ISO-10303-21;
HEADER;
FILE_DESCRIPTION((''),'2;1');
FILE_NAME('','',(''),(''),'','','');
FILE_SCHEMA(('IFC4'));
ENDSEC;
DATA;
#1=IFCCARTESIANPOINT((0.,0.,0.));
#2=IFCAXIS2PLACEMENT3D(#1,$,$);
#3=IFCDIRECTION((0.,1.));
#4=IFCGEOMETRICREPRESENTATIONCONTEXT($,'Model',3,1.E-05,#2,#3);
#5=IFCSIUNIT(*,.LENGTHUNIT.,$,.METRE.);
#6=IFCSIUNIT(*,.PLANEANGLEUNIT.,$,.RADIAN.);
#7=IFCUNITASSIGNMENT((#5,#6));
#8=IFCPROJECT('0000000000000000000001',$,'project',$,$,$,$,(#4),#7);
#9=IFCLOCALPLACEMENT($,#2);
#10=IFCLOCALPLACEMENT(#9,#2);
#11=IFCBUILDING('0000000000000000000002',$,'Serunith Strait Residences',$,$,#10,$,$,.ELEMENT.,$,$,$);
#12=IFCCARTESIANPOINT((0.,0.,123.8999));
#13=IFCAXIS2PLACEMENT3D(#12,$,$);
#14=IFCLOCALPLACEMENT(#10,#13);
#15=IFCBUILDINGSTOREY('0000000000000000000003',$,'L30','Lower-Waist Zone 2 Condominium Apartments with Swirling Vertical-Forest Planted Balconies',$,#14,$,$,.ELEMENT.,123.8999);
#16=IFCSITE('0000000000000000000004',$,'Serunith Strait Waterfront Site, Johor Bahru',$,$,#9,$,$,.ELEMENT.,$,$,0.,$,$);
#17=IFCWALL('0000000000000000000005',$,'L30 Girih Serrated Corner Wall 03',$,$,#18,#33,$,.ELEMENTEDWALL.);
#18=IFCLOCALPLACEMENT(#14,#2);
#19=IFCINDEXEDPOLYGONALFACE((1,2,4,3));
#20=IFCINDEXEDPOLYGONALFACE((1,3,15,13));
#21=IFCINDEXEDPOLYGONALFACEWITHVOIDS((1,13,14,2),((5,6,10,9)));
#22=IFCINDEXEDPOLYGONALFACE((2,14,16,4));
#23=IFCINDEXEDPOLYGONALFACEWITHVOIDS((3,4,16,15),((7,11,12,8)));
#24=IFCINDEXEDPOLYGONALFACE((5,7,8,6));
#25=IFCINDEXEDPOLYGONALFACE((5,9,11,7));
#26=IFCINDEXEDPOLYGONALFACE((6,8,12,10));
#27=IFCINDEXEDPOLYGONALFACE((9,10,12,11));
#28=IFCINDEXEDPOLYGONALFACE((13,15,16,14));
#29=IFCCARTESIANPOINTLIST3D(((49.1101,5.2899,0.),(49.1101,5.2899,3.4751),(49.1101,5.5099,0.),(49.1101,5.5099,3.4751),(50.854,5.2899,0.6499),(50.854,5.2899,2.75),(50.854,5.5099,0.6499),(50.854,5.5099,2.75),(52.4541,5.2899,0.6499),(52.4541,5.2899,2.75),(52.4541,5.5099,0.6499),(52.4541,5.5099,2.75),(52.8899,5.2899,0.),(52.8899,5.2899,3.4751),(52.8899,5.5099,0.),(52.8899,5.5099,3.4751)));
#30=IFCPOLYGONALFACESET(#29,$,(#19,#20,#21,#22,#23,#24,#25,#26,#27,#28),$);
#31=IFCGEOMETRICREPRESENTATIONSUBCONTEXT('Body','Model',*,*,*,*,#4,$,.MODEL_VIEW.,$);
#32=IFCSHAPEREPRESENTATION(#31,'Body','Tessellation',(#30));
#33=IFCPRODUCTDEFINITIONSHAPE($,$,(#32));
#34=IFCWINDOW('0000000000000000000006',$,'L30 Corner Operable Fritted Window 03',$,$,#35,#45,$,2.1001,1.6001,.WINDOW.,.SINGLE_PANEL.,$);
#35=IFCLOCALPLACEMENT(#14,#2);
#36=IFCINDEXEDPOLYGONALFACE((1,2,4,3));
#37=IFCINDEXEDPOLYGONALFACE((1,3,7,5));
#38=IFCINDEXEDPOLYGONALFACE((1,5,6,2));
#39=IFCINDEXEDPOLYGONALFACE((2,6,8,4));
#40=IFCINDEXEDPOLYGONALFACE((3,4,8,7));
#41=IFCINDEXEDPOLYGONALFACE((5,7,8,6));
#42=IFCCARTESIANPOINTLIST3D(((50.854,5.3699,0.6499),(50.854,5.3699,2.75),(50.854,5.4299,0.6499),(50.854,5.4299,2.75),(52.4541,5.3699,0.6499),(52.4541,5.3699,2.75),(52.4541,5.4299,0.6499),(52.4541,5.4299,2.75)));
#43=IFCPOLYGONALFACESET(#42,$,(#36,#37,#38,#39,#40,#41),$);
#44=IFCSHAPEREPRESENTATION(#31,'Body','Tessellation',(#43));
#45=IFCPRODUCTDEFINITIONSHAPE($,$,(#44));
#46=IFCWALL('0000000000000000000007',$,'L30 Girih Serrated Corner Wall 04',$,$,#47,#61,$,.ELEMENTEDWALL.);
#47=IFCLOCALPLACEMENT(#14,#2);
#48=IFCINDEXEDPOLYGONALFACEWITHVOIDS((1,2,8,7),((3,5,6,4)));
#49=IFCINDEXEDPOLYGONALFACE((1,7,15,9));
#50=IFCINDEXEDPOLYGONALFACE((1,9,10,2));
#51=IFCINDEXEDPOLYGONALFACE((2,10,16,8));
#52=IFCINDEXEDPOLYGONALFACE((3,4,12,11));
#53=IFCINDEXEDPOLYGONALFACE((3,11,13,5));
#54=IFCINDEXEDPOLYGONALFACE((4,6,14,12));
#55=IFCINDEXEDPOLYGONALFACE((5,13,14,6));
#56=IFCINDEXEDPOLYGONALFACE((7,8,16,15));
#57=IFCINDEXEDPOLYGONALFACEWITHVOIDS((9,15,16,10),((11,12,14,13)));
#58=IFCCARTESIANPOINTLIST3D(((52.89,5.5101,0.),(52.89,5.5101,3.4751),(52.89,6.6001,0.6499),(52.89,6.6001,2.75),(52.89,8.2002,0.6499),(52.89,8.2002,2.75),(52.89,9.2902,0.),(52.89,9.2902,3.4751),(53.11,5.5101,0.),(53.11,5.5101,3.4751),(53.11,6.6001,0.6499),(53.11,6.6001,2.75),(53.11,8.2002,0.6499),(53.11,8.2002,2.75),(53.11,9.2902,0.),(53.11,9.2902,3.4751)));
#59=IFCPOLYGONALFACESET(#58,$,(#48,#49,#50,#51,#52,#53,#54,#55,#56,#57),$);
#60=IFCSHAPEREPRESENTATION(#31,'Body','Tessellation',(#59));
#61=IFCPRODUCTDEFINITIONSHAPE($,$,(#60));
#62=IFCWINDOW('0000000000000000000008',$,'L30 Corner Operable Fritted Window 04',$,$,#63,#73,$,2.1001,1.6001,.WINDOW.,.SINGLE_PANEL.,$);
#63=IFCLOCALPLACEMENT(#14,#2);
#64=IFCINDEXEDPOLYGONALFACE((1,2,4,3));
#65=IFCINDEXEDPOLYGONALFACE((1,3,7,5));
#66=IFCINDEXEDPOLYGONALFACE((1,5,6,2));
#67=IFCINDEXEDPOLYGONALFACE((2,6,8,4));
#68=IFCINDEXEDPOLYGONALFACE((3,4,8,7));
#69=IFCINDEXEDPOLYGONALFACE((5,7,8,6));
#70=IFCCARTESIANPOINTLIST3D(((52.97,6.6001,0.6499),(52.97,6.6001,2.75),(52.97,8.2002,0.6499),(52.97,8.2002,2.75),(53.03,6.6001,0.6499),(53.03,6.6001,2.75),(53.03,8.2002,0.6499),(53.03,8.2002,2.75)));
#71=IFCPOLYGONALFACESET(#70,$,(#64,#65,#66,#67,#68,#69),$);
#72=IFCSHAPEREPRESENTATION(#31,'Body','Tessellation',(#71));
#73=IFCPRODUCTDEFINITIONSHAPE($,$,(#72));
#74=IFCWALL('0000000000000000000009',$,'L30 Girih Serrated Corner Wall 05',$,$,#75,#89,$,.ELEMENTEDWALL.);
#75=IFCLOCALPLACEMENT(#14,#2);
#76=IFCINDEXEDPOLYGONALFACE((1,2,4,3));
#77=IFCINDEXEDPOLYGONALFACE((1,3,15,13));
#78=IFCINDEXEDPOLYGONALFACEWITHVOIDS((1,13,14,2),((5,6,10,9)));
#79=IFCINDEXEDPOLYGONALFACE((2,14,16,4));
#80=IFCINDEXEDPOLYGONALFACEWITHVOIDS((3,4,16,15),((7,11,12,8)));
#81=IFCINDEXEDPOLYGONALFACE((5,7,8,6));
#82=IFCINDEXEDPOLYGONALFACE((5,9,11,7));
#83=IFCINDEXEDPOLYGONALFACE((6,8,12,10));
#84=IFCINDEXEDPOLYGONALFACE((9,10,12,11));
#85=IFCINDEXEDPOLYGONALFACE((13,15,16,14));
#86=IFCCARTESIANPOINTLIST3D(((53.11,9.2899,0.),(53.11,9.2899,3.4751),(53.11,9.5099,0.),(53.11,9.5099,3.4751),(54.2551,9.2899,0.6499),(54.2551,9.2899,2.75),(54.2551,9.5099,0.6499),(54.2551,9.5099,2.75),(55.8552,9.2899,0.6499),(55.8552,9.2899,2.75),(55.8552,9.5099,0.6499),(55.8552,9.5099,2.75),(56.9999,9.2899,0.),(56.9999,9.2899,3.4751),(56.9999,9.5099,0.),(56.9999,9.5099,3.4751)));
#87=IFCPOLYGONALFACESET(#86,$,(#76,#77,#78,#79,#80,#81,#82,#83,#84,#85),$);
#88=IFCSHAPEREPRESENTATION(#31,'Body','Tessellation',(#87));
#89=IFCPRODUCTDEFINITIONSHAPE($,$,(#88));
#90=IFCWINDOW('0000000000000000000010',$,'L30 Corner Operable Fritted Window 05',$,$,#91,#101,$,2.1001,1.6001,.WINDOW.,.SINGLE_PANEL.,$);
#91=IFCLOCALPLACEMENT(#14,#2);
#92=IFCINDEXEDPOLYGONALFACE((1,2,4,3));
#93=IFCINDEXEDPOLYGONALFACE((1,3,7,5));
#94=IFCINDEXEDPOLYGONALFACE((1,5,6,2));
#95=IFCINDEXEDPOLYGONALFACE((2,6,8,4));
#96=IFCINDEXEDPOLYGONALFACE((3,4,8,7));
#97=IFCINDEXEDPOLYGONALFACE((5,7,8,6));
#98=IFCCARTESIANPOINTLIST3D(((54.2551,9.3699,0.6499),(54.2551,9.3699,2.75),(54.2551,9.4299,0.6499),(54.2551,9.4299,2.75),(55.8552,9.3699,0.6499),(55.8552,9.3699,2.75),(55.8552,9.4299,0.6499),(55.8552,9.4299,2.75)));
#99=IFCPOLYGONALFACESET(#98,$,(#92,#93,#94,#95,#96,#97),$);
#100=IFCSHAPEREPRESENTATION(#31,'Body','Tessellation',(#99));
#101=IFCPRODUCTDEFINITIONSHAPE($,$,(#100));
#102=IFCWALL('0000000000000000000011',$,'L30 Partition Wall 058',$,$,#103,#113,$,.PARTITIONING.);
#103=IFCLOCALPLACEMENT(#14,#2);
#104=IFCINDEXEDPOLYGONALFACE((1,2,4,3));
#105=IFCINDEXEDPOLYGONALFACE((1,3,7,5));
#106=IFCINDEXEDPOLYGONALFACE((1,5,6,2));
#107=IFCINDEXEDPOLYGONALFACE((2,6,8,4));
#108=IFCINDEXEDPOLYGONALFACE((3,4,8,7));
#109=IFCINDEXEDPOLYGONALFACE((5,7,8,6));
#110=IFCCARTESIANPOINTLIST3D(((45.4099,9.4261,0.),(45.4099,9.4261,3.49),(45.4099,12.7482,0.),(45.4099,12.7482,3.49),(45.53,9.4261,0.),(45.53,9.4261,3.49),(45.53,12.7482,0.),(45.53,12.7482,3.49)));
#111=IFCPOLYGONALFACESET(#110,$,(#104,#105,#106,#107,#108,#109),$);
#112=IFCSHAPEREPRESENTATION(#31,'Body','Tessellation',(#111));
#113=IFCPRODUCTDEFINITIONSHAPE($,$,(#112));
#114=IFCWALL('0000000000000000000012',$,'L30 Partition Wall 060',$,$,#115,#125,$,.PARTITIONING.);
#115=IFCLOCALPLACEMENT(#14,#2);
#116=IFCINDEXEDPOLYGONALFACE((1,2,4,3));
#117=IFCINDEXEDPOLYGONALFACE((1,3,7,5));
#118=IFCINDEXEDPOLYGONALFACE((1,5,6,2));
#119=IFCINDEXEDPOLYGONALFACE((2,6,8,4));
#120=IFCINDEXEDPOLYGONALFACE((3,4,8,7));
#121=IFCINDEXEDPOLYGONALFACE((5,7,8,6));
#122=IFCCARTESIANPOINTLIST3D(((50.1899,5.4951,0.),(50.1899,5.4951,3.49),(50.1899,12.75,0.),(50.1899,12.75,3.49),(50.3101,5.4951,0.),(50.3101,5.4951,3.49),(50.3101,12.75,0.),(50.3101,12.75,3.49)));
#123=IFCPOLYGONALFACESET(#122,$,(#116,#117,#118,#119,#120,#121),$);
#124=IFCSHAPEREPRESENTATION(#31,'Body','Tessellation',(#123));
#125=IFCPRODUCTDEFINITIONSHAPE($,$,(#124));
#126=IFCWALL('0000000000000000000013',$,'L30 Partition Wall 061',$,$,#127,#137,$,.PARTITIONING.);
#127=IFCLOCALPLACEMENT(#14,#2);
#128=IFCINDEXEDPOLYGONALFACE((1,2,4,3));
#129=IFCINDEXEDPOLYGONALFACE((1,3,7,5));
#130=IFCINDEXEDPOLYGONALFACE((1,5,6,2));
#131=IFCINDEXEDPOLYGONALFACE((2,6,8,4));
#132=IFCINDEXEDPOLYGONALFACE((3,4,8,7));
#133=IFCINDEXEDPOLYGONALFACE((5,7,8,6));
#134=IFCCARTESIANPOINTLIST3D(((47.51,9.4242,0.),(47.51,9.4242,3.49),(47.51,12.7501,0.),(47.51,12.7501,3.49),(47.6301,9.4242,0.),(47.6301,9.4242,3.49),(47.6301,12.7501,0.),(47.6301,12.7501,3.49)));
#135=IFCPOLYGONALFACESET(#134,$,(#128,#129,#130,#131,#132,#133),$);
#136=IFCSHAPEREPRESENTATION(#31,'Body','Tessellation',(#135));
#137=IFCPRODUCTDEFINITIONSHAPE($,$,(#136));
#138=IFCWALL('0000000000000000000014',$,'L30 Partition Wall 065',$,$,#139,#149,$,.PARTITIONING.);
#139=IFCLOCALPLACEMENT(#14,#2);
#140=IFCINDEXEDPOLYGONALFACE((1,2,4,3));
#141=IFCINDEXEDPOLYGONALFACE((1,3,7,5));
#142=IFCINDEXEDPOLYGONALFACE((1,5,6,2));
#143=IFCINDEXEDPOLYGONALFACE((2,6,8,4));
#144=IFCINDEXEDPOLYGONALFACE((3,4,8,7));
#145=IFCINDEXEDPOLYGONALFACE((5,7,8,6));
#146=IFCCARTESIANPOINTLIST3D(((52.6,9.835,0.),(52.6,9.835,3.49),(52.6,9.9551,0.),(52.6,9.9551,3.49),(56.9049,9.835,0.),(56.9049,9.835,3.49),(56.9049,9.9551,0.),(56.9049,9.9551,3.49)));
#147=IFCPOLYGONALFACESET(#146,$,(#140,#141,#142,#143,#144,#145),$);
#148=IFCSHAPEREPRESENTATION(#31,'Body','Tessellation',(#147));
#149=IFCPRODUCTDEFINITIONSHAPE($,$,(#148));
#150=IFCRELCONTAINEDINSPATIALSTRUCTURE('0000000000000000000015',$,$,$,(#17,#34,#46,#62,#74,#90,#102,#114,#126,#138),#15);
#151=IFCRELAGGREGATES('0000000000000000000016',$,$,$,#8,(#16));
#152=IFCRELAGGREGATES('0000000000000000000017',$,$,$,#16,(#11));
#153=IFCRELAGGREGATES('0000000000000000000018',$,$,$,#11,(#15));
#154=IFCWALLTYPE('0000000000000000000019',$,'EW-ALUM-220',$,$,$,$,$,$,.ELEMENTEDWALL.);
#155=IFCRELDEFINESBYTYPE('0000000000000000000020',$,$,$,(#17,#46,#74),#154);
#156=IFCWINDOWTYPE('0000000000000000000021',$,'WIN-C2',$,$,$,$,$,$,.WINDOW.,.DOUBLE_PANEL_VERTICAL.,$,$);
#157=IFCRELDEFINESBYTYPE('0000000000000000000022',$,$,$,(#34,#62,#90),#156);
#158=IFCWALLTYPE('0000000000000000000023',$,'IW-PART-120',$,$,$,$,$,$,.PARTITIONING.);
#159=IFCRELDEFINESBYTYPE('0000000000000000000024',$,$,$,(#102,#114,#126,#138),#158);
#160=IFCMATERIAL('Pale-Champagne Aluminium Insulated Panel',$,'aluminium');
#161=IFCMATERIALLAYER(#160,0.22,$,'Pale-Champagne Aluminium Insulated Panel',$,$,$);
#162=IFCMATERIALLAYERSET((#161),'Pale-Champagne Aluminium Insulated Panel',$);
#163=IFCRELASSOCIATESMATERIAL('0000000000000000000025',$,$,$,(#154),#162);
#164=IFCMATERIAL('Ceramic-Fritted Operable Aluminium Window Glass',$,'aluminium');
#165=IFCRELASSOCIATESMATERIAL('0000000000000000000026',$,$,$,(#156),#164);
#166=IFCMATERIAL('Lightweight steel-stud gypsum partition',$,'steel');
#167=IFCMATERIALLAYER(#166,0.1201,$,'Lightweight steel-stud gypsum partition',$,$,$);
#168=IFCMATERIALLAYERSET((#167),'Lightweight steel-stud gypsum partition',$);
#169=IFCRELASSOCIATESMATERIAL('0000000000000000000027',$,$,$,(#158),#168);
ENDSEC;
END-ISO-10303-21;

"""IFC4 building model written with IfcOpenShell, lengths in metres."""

from ifc_helpers import new_model, si_unit, direction, frame, frame_2d, origin, place, context, subcontext, project, spatial, rectangle, extrude, source, transform, mapped, material, layer, layer_set, type_object, element, fill, save


model = new_model("IFC4")

# Units and contexts
model_context = context("Model", 3, precision=1e-05, world=origin(), true_north=direction((0.0, 1.0)))
body_context = subcontext(model_context, "Body", "Model", "MODEL_VIEW")
ifc_project = project(units=[si_unit("LENGTHUNIT", "METRE"), si_unit("PLANEANGLEUNIT", "RADIAN")], contexts=[model_context])

# Site, building, storey
site_placement = place(None, origin())
site = spatial("IfcSite", under=ifc_project, at=site_placement, Name="Serunith Strait Waterfront Site, Johor Bahru", CompositionType="ELEMENT", RefElevation=0.0)
building_placement = place(site_placement, origin())
building = spatial("IfcBuilding", under=site, at=building_placement, Name="Serunith Strait Residences", CompositionType="ELEMENT")
storey_placement = place(building_placement, frame((0.0, 0.0, 123.8999)))
storey = spatial("IfcBuildingStorey", under=building, at=storey_placement, Name="L30", Description="Lower-Waist Zone 2 Condominium Apartments with Swirling Vertical-Forest Planted Balconies", CompositionType="ELEMENT", Elevation=123.8999)

# Walls, openings, windows
ifc_material_1 = material(Name="Pale-Champagne Aluminium Insulated Panel", Category="aluminium")
ifc_layer_1 = layer(ifc_material_1, 0.22, Name="Pale-Champagne Aluminium Insulated Panel")
ifc_layer_set_1 = layer_set([ifc_layer_1], Name="Pale-Champagne Aluminium Insulated Panel")
wall_type_1 = type_object("IfcWallType", Name="EW-ALUM-220", PredefinedType="ELEMENTEDWALL", material=ifc_layer_set_1)
ifc_material_2 = material(Name="Ceramic-Fritted Operable Aluminium Window Glass", Category="aluminium")
window_type = type_object("IfcWindowType", Name="WIN-C2", PartitioningType="DOUBLE_PANEL_VERTICAL", PredefinedType="WINDOW", material=ifc_material_2)
shared_shape_1 = source(origin(), body_context, "Body", "SweptSolid", [
    extrude(rectangle(XDim=1.6001, YDim=2.1001, at=frame_2d((0.8, 1.05))), frame((0.0, 0.03, 0.0), z_axis=(0.0, -1.0, 0.0), x_axis=(1.0, 0.0, 0.0)), (0.0, 0.0, 1.0), 0.0601),
])
wall_1_placement = place(storey_placement, frame((49.1101, 5.3999, 0.0), z_axis=(0.0, 0.0, 1.0), x_axis=(1.0, 0.0, 0.0)))
wall_1 = element("IfcWall", 1, at=wall_1_placement, inside=storey, type_object=wall_type_1, Name="L30 Girih Serrated Corner Wall 03", PredefinedType="ELEMENTEDWALL", context=body_context, shape_type="SweptSolid", body=[
    extrude(rectangle(XDim=3.7798, YDim=0.22, at=frame_2d((1.8899, 0.0))), origin(), (0.0, 0.0, 1.0), 3.4751),
])
opening_1_placement = place(wall_1_placement, frame((1.7439, 0.0, 0.6499)))
opening_1 = element("IfcOpeningElement", 2, at=opening_1_placement, cuts=wall_1, PredefinedType="OPENING", context=body_context, shape_type="SweptSolid", body=[
    extrude(rectangle(XDim=1.6001, YDim=2.1001, at=frame_2d((0.8, 1.05))), frame((0.0, 0.1201, 0.0), z_axis=(0.0, -1.0, 0.0), x_axis=(1.0, 0.0, 0.0)), (0.0, 0.0, 1.0), 0.24),
])
window_1_placement = place(opening_1_placement, origin())
window_1 = element("IfcWindow", 3, at=window_1_placement, inside=storey, type_object=window_type, Name="L30 Corner Operable Fritted Window 03", OverallHeight=2.1001, OverallWidth=1.6001, PartitioningType="SINGLE_PANEL", PredefinedType="WINDOW", context=body_context, shape_type="MappedRepresentation", body=[
    mapped(shared_shape_1, transform((0.0, 0.0, 0.0), scale=1.0)),
])
fill(opening_1, window_1)
wall_2_placement = place(storey_placement, frame((53.0, 5.51, 0.0), z_axis=(0.0, 0.0, 1.0), x_axis=(0.0, 1.0, 0.0)))
wall_2 = element("IfcWall", 4, at=wall_2_placement, inside=storey, type_object=wall_type_1, Name="L30 Girih Serrated Corner Wall 04", PredefinedType="ELEMENTEDWALL", context=body_context, shape_type="SweptSolid", body=[
    extrude(rectangle(XDim=3.78, YDim=0.22, at=frame_2d((1.8901, 0.0))), origin(), (0.0, 0.0, 1.0), 3.4751),
])
opening_2_placement = place(wall_2_placement, frame((1.0901, 0.0, 0.6499)))
opening_2 = element("IfcOpeningElement", 5, at=opening_2_placement, cuts=wall_2, PredefinedType="OPENING", context=body_context, shape_type="SweptSolid", body=[
    extrude(rectangle(XDim=1.6001, YDim=2.1001, at=frame_2d((0.8, 1.05))), frame((0.0, 0.1201, 0.0), z_axis=(0.0, -1.0, 0.0), x_axis=(1.0, 0.0, 0.0)), (0.0, 0.0, 1.0), 0.24),
])
window_2_placement = place(opening_2_placement, origin())
window_2 = element("IfcWindow", 6, at=window_2_placement, inside=storey, type_object=window_type, Name="L30 Corner Operable Fritted Window 04", OverallHeight=2.1001, OverallWidth=1.6001, PartitioningType="SINGLE_PANEL", PredefinedType="WINDOW", context=body_context, shape_type="MappedRepresentation", body=[
    mapped(shared_shape_1, transform((0.0, 0.0, 0.0), scale=1.0)),
])
fill(opening_2, window_2)
wall_3_placement = place(storey_placement, frame((53.1101, 9.3999, 0.0), z_axis=(0.0, 0.0, 1.0), x_axis=(1.0, 0.0, 0.0)))
wall_3 = element("IfcWall", 7, at=wall_3_placement, inside=storey, type_object=wall_type_1, Name="L30 Girih Serrated Corner Wall 05", PredefinedType="ELEMENTEDWALL", context=body_context, shape_type="SweptSolid", body=[
    extrude(rectangle(XDim=3.8899, YDim=0.22, at=frame_2d((1.9448, 0.0))), origin(), (0.0, 0.0, 1.0), 3.4751),
])
opening_3_placement = place(wall_3_placement, frame((1.145, 0.0, 0.6499)))
opening_3 = element("IfcOpeningElement", 8, at=opening_3_placement, cuts=wall_3, PredefinedType="OPENING", context=body_context, shape_type="SweptSolid", body=[
    extrude(rectangle(XDim=1.6001, YDim=2.1001, at=frame_2d((0.8, 1.05))), frame((0.0, 0.1201, 0.0), z_axis=(0.0, -1.0, 0.0), x_axis=(1.0, 0.0, 0.0)), (0.0, 0.0, 1.0), 0.24),
])
window_3_placement = place(opening_3_placement, origin())
window_3 = element("IfcWindow", 9, at=window_3_placement, inside=storey, type_object=window_type, Name="L30 Corner Operable Fritted Window 05", OverallHeight=2.1001, OverallWidth=1.6001, PartitioningType="SINGLE_PANEL", PredefinedType="WINDOW", context=body_context, shape_type="MappedRepresentation", body=[
    mapped(shared_shape_1, transform((0.0, 0.0, 0.0), scale=1.0)),
])
fill(opening_3, window_3)

# Walls
ifc_material_3 = material(Name="Lightweight steel-stud gypsum partition", Category="steel")
ifc_layer_2 = layer(ifc_material_3, 0.1201, Name="Lightweight steel-stud gypsum partition")
ifc_layer_set_2 = layer_set([ifc_layer_2], Name="Lightweight steel-stud gypsum partition")
wall_type_2 = type_object("IfcWallType", Name="IW-PART-120", PredefinedType="PARTITIONING", material=ifc_layer_set_2)
wall_4_placement = place(storey_placement, frame((45.47, 9.426, 0.0), z_axis=(0.0, 0.0, 1.0), x_axis=(0.0, 1.0, 0.0)))
element("IfcWall", 10, at=wall_4_placement, inside=storey, type_object=wall_type_2, Name="L30 Partition Wall 058", PredefinedType="PARTITIONING", context=body_context, shape_type="SweptSolid", body=[
    extrude(rectangle(XDim=3.322, YDim=0.1201, at=frame_2d((1.6611, 0.0))), origin(), (0.0, 0.0, 1.0), 3.49),
])
wall_5_placement = place(storey_placement, frame((50.25, 5.4951, 0.0), z_axis=(0.0, 0.0, 1.0), x_axis=(0.0, 1.0, 0.0)))
element("IfcWall", 11, at=wall_5_placement, inside=storey, type_object=wall_type_2, Name="L30 Partition Wall 060", PredefinedType="PARTITIONING", context=body_context, shape_type="SweptSolid", body=[
    extrude(rectangle(XDim=7.2549, YDim=0.1201, at=frame_2d((3.6274, 0.0))), origin(), (0.0, 0.0, 1.0), 3.49),
])
wall_6_placement = place(storey_placement, frame((47.5701, 9.4241, 0.0), z_axis=(0.0, 0.0, 1.0), x_axis=(0.0, 1.0, 0.0)))
element("IfcWall", 12, at=wall_6_placement, inside=storey, type_object=wall_type_2, Name="L30 Partition Wall 061", PredefinedType="PARTITIONING", context=body_context, shape_type="SweptSolid", body=[
    extrude(rectangle(XDim=3.3259, YDim=0.1201, at=frame_2d((1.6631, 0.0))), origin(), (0.0, 0.0, 1.0), 3.49),
])
wall_7_placement = place(storey_placement, frame((52.6001, 9.895, 0.0), z_axis=(0.0, 0.0, 1.0), x_axis=(1.0, 0.0, 0.0)))
element("IfcWall", 13, at=wall_7_placement, inside=storey, type_object=wall_type_2, Name="L30 Partition Wall 065", PredefinedType="PARTITIONING", context=body_context, shape_type="SweptSolid", body=[
    extrude(rectangle(XDim=4.3049, YDim=0.1201, at=frame_2d((2.1523, 0.0))), origin(), (0.0, 0.0, 1.0), 3.49),
])

save(model, "model.ifc")
